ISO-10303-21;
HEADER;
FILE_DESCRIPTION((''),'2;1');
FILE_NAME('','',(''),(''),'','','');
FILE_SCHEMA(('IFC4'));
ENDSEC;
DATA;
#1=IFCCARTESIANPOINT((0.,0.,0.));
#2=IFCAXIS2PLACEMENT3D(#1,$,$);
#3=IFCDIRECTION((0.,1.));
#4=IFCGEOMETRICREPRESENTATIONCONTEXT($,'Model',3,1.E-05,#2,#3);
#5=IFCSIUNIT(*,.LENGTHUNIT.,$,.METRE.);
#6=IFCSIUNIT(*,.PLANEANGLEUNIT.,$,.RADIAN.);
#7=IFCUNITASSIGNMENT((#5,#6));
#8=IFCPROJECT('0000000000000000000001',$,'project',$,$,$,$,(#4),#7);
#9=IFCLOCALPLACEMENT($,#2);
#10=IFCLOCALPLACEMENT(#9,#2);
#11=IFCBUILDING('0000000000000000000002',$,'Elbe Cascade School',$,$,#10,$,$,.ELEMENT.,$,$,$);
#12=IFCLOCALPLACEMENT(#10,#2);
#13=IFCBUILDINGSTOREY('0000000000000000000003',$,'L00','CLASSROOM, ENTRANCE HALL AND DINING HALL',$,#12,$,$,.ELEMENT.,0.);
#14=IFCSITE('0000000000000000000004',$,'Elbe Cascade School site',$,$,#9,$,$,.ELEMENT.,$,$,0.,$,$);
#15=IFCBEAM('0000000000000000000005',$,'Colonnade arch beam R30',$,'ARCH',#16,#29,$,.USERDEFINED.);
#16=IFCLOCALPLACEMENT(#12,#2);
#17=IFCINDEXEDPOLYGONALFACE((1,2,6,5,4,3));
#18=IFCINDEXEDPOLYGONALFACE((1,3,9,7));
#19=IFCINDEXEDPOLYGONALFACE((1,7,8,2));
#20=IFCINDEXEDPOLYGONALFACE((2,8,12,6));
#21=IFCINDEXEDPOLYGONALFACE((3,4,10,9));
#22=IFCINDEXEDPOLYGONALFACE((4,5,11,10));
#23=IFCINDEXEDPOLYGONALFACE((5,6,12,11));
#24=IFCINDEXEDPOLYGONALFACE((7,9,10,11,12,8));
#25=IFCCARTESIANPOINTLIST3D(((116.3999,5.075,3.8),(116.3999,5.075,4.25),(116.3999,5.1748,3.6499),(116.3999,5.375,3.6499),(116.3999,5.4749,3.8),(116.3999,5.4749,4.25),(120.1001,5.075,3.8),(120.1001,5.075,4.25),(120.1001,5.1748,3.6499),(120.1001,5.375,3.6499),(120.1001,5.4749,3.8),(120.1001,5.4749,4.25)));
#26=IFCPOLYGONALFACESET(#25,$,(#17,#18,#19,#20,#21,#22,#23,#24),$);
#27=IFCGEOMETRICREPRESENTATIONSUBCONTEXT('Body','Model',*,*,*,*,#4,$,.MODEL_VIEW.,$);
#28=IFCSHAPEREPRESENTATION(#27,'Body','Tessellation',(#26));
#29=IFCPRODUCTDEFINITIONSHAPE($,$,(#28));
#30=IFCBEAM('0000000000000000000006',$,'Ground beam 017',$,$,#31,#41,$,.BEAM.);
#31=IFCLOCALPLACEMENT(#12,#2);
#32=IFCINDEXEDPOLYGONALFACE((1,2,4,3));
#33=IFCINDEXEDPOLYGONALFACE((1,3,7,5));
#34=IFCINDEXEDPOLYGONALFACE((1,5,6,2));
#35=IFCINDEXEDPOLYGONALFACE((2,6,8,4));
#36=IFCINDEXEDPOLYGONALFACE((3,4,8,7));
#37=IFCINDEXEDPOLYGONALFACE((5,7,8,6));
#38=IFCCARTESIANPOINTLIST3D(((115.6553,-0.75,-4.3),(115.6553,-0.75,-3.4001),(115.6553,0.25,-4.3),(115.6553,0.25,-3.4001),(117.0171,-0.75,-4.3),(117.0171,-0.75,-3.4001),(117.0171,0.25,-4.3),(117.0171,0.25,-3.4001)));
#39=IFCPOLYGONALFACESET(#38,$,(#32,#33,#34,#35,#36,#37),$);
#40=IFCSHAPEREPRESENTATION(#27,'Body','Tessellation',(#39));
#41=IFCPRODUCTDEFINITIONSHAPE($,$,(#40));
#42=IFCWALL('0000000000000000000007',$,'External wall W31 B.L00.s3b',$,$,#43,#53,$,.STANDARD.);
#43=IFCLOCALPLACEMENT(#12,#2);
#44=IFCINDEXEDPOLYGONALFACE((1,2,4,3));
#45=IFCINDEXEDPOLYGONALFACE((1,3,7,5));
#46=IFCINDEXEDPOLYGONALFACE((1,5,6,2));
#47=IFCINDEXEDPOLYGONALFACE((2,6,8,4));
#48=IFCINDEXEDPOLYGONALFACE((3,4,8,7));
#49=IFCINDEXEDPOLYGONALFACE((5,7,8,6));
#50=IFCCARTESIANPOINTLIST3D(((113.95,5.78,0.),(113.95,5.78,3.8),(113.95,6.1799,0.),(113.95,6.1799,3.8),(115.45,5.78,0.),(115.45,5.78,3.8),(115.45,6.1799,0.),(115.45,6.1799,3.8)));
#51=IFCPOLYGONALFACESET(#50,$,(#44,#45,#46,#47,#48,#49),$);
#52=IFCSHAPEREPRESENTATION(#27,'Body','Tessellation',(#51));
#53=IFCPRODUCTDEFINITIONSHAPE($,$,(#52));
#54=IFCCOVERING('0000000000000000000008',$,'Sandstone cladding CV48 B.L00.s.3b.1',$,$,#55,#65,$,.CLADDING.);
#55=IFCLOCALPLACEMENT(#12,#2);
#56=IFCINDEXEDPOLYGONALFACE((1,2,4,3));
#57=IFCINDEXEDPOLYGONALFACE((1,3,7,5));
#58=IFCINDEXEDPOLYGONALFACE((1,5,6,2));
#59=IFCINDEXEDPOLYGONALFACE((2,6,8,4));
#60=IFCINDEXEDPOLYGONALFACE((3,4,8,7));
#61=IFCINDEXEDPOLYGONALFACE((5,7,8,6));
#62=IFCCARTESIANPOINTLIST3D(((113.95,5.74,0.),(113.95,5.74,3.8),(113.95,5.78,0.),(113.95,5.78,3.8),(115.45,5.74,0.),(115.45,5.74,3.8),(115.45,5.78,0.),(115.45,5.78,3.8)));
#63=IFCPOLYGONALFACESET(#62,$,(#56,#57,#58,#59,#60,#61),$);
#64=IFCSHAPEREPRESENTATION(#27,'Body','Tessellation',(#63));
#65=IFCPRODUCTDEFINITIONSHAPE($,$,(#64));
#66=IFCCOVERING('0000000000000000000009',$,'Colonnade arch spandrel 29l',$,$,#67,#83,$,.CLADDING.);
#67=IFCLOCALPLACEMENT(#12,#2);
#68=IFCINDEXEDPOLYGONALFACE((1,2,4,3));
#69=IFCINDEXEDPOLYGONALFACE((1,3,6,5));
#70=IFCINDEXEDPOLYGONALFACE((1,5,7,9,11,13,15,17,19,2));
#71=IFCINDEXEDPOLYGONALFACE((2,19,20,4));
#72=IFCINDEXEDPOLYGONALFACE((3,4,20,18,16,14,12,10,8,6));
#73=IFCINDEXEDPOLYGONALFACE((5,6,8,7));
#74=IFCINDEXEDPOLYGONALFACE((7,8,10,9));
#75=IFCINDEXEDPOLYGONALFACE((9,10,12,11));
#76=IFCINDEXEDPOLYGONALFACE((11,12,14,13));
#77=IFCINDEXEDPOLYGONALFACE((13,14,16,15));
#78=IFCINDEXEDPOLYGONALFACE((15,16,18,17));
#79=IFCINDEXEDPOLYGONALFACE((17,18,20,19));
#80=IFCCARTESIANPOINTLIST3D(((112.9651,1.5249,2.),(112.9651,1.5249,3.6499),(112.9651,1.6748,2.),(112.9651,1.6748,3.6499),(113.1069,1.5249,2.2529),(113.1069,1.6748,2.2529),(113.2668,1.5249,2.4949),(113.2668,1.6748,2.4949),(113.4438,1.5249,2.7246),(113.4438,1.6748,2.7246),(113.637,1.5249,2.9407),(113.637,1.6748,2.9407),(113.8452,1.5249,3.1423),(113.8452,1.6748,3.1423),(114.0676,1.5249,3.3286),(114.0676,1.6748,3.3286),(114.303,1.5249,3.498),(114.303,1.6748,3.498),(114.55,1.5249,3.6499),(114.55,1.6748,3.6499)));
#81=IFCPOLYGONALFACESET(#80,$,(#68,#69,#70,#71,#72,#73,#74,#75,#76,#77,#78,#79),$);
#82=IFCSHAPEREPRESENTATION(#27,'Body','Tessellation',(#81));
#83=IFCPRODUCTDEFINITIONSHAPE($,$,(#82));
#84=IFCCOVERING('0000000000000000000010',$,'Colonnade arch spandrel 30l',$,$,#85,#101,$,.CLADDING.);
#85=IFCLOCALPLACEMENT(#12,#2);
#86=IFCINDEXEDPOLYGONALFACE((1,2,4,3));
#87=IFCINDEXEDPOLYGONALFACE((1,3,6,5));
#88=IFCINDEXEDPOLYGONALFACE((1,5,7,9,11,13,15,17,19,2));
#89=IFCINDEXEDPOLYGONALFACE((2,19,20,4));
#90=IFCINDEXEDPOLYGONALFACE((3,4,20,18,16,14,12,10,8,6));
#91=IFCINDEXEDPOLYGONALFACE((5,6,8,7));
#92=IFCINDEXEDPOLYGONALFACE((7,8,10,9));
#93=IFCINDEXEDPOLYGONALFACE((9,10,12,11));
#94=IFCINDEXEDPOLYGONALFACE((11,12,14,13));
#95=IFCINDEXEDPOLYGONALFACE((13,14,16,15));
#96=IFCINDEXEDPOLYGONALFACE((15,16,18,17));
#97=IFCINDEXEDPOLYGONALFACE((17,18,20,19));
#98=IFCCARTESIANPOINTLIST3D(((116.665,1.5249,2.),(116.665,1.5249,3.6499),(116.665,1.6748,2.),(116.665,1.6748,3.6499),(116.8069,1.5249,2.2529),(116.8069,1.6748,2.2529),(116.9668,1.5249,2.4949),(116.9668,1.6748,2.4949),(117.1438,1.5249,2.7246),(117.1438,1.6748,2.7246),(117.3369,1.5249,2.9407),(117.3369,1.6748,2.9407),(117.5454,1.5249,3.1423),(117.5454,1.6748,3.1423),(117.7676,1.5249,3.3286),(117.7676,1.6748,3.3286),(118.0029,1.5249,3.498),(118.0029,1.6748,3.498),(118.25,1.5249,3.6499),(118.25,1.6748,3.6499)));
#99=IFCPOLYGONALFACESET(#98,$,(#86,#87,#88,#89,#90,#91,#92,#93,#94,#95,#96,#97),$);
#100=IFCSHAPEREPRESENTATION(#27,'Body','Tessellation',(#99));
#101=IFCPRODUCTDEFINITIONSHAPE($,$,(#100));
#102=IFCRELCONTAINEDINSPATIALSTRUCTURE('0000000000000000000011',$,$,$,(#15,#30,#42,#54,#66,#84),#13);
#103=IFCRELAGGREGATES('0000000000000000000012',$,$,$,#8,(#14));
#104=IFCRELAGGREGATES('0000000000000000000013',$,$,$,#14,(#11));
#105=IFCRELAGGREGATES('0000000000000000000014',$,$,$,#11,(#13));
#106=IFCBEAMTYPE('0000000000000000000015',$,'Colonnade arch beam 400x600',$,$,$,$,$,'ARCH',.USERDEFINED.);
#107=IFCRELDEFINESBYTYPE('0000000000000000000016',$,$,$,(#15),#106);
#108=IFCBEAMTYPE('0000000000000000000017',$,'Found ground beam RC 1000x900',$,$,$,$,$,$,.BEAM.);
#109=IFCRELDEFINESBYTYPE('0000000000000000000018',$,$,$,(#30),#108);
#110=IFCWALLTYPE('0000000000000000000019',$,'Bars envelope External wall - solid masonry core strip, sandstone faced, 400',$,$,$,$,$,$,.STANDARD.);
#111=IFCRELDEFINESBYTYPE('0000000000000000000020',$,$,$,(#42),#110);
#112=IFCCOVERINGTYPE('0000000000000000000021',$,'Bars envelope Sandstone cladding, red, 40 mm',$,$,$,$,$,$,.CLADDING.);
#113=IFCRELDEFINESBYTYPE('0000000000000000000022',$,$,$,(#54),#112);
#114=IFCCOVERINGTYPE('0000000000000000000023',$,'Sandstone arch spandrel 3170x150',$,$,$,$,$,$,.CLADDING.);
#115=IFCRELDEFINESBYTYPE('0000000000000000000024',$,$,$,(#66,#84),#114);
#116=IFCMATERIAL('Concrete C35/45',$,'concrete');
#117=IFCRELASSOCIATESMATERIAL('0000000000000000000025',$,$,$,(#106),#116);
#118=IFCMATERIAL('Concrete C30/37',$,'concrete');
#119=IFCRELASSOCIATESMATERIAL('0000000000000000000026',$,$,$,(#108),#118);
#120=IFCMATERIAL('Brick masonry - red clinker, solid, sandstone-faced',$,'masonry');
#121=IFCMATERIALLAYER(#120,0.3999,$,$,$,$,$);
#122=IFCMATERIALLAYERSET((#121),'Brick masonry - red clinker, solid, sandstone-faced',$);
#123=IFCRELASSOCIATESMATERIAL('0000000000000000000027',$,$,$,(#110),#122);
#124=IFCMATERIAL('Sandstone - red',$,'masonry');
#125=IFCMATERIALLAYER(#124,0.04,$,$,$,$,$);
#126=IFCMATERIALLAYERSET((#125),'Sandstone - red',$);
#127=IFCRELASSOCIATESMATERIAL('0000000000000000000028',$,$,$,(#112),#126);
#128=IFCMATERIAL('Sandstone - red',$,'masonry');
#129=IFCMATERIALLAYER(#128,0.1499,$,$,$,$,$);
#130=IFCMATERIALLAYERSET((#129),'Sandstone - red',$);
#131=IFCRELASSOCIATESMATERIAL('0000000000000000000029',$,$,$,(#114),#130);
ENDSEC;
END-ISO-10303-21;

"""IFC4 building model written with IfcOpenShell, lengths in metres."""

from ifc_helpers import new_model, si_unit, direction, frame, frame_2d, origin, origin_2d, place, context, subcontext, project, spatial, polyline, rectangle, outline, extrude, material, layer, layer_set, material_profile, profile_set, type_object, element, save


model = new_model("IFC4")

# Units and contexts
model_context = context("Model", 3, precision=1e-05, world=origin(), true_north=direction((0.0, 1.0)))
body_context = subcontext(model_context, "Body", "Model", "MODEL_VIEW")
ifc_project = project(units=[si_unit("LENGTHUNIT", "METRE"), si_unit("PLANEANGLEUNIT", "RADIAN")], contexts=[model_context])

# Site, building, storey
site_placement = place(None, origin())
site = spatial("IfcSite", under=ifc_project, at=site_placement, Name="Elbe Cascade School site", CompositionType="ELEMENT", RefElevation=0.0)
building_placement = place(site_placement, origin())
building = spatial("IfcBuilding", under=site, at=building_placement, Name="Elbe Cascade School", CompositionType="ELEMENT")
storey_placement = place(building_placement, origin())
storey = spatial("IfcBuildingStorey", under=building, at=storey_placement, Name="L00", Description="CLASSROOM, ENTRANCE HALL AND DINING HALL", CompositionType="ELEMENT", Elevation=0.0)

# Beams
ifc_material_1 = material(Name="Concrete C35/45", Category="concrete")
ifc_material_profile_1 = material_profile(ifc_material_1, outline(polyline([(-0.2, 0.3), (0.2, 0.3), (0.2, -0.1499), (0.1001, -0.3), (-0.1001, -0.3), (-0.2, -0.1499), (-0.2, 0.3)])), Name="RC arch 400x600")
ifc_profile_set_1 = profile_set([ifc_material_profile_1], Name="Concrete C35/45")
beam_type_1 = type_object("IfcBeamType", Name="Colonnade arch beam 400x600", ElementType="ARCH", PredefinedType="USERDEFINED", material=ifc_profile_set_1)
beam_1_placement = place(storey_placement, frame((116.3999, 5.2749, 3.95), z_axis=(1.0, 0.0, 0.0), x_axis=(0.0, 1.0, 0.0)))
element("IfcBeam", 1, at=beam_1_placement, inside=storey, type_object=beam_type_1, Name="Colonnade arch beam R30", ObjectType="ARCH", PredefinedType="USERDEFINED", context=body_context, shape_type="SweptSolid", body=[
    extrude(outline(polyline([(-0.2, 0.3), (0.2, 0.3), (0.2, -0.1499), (0.1001, -0.3), (-0.1001, -0.3), (-0.2, -0.1499), (-0.2, 0.3)])), origin(), (0.0, 0.0, 1.0), 3.7002),
])
ifc_material_2 = material(Name="Concrete C30/37", Category="concrete")
ifc_material_profile_2 = material_profile(ifc_material_2, rectangle(XDim=1.0, YDim=0.8999, at=origin_2d()), Name="RC 1000x900")
ifc_profile_set_2 = profile_set([ifc_material_profile_2], Name="Concrete C30/37")
beam_type_2 = type_object("IfcBeamType", Name="Found ground beam RC 1000x900", PredefinedType="BEAM", material=ifc_profile_set_2)
beam_2_placement = place(storey_placement, frame((115.6553, -0.25, -3.8501), z_axis=(1.0, 0.0, 0.0), x_axis=(0.0, 1.0, 0.0)))
element("IfcBeam", 2, at=beam_2_placement, inside=storey, type_object=beam_type_2, Name="Ground beam 017", PredefinedType="BEAM", context=body_context, shape_type="SweptSolid", body=[
    extrude(rectangle(XDim=1.0, YDim=0.8999, at=origin_2d()), origin(), (0.0, 0.0, 1.0), 1.3618),
])

# Wall
ifc_material_3 = material(Name="Brick masonry - red clinker, solid, sandstone-faced", Category="masonry")
ifc_layer_1 = layer(ifc_material_3, 0.3999)
ifc_layer_set_1 = layer_set([ifc_layer_1], Name="Brick masonry - red clinker, solid, sandstone-faced")
wall_type = type_object("IfcWallType", Name="Bars envelope External wall - solid masonry core strip, sandstone faced, 400", PredefinedType="STANDARD", material=ifc_layer_set_1)
wall_placement = place(storey_placement, frame((115.45, 5.98, 0.0), z_axis=(0.0, 0.0, 1.0), x_axis=(-1.0, 0.0, 0.0)))
element("IfcWall", 3, at=wall_placement, inside=storey, type_object=wall_type, Name="External wall W31 B.L00.s3b", PredefinedType="STANDARD", context=body_context, shape_type="SweptSolid", body=[
    extrude(rectangle(XDim=1.5, YDim=0.3999, at=frame_2d((0.75, 0.0))), origin(), (0.0, 0.0, 1.0), 3.8),
])

# Coverings
ifc_material_4 = material(Name="Sandstone - red", Category="masonry")
ifc_layer_2 = layer(ifc_material_4, 0.04)
ifc_layer_set_2 = layer_set([ifc_layer_2], Name="Sandstone - red")
covering_type_1 = type_object("IfcCoveringType", Name="Bars envelope Sandstone cladding, red, 40 mm", PredefinedType="CLADDING", material=ifc_layer_set_2)
covering_1_placement = place(storey_placement, frame((114.7, 5.76, 0.0), z_axis=(0.0, 0.0, 1.0), x_axis=(1.0, 0.0, 0.0)))
element("IfcCovering", 4, at=covering_1_placement, inside=storey, type_object=covering_type_1, Name="Sandstone cladding CV48 B.L00.s.3b.1", PredefinedType="CLADDING", context=body_context, shape_type="SweptSolid", body=[
    extrude(rectangle(XDim=1.5, YDim=0.04, at=origin_2d()), origin(), (0.0, 0.0, 1.0), 3.8),
])
ifc_material_5 = material(Name="Sandstone - red", Category="masonry")
ifc_layer_3 = layer(ifc_material_5, 0.1499)
ifc_layer_set_3 = layer_set([ifc_layer_3], Name="Sandstone - red")
covering_type_2 = type_object("IfcCoveringType", Name="Sandstone arch spandrel 3170x150", PredefinedType="CLADDING", material=ifc_layer_set_3)
covering_2_placement = place(storey_placement, frame((112.9651, 1.5249, 3.6499), z_axis=(0.0, -1.0, 0.0), x_axis=(0.0, 0.0, -1.0)))
element("IfcCovering", 5, at=covering_2_placement, inside=storey, type_object=covering_type_2, Name="Colonnade arch spandrel 29l", PredefinedType="CLADDING", context=body_context, shape_type="SweptSolid", body=[
    extrude(outline(polyline([(0.0, 0.0), (1.6499, 0.0), (1.397, 0.1418), (1.155, 0.3018), (0.9253, 0.4788), (0.7092, 0.6719), (0.5076, 0.8801), (0.3213, 1.1025), (0.1519, 1.3379), (0.0, 1.585), (0.0, 0.0)])), origin(), (0.0, 0.0, -1.0), 0.1499),
])
covering_3_placement = place(storey_placement, frame((116.665, 1.5249, 3.6499), z_axis=(0.0, -1.0, 0.0), x_axis=(0.0, 0.0, -1.0)))
element("IfcCovering", 6, at=covering_3_placement, inside=storey, type_object=covering_type_2, Name="Colonnade arch spandrel 30l", PredefinedType="CLADDING", context=body_context, shape_type="SweptSolid", body=[
    extrude(outline(polyline([(0.0, 0.0), (1.6499, 0.0), (1.397, 0.1418), (1.155, 0.3018), (0.9253, 0.4788), (0.7092, 0.6719), (0.5076, 0.8804), (0.3213, 1.1025), (0.1519, 1.3379), (0.0, 1.585), (0.0, 0.0)])), origin(), (0.0, 0.0, -1.0), 0.1499),
])

save(model, "model.ifc")
